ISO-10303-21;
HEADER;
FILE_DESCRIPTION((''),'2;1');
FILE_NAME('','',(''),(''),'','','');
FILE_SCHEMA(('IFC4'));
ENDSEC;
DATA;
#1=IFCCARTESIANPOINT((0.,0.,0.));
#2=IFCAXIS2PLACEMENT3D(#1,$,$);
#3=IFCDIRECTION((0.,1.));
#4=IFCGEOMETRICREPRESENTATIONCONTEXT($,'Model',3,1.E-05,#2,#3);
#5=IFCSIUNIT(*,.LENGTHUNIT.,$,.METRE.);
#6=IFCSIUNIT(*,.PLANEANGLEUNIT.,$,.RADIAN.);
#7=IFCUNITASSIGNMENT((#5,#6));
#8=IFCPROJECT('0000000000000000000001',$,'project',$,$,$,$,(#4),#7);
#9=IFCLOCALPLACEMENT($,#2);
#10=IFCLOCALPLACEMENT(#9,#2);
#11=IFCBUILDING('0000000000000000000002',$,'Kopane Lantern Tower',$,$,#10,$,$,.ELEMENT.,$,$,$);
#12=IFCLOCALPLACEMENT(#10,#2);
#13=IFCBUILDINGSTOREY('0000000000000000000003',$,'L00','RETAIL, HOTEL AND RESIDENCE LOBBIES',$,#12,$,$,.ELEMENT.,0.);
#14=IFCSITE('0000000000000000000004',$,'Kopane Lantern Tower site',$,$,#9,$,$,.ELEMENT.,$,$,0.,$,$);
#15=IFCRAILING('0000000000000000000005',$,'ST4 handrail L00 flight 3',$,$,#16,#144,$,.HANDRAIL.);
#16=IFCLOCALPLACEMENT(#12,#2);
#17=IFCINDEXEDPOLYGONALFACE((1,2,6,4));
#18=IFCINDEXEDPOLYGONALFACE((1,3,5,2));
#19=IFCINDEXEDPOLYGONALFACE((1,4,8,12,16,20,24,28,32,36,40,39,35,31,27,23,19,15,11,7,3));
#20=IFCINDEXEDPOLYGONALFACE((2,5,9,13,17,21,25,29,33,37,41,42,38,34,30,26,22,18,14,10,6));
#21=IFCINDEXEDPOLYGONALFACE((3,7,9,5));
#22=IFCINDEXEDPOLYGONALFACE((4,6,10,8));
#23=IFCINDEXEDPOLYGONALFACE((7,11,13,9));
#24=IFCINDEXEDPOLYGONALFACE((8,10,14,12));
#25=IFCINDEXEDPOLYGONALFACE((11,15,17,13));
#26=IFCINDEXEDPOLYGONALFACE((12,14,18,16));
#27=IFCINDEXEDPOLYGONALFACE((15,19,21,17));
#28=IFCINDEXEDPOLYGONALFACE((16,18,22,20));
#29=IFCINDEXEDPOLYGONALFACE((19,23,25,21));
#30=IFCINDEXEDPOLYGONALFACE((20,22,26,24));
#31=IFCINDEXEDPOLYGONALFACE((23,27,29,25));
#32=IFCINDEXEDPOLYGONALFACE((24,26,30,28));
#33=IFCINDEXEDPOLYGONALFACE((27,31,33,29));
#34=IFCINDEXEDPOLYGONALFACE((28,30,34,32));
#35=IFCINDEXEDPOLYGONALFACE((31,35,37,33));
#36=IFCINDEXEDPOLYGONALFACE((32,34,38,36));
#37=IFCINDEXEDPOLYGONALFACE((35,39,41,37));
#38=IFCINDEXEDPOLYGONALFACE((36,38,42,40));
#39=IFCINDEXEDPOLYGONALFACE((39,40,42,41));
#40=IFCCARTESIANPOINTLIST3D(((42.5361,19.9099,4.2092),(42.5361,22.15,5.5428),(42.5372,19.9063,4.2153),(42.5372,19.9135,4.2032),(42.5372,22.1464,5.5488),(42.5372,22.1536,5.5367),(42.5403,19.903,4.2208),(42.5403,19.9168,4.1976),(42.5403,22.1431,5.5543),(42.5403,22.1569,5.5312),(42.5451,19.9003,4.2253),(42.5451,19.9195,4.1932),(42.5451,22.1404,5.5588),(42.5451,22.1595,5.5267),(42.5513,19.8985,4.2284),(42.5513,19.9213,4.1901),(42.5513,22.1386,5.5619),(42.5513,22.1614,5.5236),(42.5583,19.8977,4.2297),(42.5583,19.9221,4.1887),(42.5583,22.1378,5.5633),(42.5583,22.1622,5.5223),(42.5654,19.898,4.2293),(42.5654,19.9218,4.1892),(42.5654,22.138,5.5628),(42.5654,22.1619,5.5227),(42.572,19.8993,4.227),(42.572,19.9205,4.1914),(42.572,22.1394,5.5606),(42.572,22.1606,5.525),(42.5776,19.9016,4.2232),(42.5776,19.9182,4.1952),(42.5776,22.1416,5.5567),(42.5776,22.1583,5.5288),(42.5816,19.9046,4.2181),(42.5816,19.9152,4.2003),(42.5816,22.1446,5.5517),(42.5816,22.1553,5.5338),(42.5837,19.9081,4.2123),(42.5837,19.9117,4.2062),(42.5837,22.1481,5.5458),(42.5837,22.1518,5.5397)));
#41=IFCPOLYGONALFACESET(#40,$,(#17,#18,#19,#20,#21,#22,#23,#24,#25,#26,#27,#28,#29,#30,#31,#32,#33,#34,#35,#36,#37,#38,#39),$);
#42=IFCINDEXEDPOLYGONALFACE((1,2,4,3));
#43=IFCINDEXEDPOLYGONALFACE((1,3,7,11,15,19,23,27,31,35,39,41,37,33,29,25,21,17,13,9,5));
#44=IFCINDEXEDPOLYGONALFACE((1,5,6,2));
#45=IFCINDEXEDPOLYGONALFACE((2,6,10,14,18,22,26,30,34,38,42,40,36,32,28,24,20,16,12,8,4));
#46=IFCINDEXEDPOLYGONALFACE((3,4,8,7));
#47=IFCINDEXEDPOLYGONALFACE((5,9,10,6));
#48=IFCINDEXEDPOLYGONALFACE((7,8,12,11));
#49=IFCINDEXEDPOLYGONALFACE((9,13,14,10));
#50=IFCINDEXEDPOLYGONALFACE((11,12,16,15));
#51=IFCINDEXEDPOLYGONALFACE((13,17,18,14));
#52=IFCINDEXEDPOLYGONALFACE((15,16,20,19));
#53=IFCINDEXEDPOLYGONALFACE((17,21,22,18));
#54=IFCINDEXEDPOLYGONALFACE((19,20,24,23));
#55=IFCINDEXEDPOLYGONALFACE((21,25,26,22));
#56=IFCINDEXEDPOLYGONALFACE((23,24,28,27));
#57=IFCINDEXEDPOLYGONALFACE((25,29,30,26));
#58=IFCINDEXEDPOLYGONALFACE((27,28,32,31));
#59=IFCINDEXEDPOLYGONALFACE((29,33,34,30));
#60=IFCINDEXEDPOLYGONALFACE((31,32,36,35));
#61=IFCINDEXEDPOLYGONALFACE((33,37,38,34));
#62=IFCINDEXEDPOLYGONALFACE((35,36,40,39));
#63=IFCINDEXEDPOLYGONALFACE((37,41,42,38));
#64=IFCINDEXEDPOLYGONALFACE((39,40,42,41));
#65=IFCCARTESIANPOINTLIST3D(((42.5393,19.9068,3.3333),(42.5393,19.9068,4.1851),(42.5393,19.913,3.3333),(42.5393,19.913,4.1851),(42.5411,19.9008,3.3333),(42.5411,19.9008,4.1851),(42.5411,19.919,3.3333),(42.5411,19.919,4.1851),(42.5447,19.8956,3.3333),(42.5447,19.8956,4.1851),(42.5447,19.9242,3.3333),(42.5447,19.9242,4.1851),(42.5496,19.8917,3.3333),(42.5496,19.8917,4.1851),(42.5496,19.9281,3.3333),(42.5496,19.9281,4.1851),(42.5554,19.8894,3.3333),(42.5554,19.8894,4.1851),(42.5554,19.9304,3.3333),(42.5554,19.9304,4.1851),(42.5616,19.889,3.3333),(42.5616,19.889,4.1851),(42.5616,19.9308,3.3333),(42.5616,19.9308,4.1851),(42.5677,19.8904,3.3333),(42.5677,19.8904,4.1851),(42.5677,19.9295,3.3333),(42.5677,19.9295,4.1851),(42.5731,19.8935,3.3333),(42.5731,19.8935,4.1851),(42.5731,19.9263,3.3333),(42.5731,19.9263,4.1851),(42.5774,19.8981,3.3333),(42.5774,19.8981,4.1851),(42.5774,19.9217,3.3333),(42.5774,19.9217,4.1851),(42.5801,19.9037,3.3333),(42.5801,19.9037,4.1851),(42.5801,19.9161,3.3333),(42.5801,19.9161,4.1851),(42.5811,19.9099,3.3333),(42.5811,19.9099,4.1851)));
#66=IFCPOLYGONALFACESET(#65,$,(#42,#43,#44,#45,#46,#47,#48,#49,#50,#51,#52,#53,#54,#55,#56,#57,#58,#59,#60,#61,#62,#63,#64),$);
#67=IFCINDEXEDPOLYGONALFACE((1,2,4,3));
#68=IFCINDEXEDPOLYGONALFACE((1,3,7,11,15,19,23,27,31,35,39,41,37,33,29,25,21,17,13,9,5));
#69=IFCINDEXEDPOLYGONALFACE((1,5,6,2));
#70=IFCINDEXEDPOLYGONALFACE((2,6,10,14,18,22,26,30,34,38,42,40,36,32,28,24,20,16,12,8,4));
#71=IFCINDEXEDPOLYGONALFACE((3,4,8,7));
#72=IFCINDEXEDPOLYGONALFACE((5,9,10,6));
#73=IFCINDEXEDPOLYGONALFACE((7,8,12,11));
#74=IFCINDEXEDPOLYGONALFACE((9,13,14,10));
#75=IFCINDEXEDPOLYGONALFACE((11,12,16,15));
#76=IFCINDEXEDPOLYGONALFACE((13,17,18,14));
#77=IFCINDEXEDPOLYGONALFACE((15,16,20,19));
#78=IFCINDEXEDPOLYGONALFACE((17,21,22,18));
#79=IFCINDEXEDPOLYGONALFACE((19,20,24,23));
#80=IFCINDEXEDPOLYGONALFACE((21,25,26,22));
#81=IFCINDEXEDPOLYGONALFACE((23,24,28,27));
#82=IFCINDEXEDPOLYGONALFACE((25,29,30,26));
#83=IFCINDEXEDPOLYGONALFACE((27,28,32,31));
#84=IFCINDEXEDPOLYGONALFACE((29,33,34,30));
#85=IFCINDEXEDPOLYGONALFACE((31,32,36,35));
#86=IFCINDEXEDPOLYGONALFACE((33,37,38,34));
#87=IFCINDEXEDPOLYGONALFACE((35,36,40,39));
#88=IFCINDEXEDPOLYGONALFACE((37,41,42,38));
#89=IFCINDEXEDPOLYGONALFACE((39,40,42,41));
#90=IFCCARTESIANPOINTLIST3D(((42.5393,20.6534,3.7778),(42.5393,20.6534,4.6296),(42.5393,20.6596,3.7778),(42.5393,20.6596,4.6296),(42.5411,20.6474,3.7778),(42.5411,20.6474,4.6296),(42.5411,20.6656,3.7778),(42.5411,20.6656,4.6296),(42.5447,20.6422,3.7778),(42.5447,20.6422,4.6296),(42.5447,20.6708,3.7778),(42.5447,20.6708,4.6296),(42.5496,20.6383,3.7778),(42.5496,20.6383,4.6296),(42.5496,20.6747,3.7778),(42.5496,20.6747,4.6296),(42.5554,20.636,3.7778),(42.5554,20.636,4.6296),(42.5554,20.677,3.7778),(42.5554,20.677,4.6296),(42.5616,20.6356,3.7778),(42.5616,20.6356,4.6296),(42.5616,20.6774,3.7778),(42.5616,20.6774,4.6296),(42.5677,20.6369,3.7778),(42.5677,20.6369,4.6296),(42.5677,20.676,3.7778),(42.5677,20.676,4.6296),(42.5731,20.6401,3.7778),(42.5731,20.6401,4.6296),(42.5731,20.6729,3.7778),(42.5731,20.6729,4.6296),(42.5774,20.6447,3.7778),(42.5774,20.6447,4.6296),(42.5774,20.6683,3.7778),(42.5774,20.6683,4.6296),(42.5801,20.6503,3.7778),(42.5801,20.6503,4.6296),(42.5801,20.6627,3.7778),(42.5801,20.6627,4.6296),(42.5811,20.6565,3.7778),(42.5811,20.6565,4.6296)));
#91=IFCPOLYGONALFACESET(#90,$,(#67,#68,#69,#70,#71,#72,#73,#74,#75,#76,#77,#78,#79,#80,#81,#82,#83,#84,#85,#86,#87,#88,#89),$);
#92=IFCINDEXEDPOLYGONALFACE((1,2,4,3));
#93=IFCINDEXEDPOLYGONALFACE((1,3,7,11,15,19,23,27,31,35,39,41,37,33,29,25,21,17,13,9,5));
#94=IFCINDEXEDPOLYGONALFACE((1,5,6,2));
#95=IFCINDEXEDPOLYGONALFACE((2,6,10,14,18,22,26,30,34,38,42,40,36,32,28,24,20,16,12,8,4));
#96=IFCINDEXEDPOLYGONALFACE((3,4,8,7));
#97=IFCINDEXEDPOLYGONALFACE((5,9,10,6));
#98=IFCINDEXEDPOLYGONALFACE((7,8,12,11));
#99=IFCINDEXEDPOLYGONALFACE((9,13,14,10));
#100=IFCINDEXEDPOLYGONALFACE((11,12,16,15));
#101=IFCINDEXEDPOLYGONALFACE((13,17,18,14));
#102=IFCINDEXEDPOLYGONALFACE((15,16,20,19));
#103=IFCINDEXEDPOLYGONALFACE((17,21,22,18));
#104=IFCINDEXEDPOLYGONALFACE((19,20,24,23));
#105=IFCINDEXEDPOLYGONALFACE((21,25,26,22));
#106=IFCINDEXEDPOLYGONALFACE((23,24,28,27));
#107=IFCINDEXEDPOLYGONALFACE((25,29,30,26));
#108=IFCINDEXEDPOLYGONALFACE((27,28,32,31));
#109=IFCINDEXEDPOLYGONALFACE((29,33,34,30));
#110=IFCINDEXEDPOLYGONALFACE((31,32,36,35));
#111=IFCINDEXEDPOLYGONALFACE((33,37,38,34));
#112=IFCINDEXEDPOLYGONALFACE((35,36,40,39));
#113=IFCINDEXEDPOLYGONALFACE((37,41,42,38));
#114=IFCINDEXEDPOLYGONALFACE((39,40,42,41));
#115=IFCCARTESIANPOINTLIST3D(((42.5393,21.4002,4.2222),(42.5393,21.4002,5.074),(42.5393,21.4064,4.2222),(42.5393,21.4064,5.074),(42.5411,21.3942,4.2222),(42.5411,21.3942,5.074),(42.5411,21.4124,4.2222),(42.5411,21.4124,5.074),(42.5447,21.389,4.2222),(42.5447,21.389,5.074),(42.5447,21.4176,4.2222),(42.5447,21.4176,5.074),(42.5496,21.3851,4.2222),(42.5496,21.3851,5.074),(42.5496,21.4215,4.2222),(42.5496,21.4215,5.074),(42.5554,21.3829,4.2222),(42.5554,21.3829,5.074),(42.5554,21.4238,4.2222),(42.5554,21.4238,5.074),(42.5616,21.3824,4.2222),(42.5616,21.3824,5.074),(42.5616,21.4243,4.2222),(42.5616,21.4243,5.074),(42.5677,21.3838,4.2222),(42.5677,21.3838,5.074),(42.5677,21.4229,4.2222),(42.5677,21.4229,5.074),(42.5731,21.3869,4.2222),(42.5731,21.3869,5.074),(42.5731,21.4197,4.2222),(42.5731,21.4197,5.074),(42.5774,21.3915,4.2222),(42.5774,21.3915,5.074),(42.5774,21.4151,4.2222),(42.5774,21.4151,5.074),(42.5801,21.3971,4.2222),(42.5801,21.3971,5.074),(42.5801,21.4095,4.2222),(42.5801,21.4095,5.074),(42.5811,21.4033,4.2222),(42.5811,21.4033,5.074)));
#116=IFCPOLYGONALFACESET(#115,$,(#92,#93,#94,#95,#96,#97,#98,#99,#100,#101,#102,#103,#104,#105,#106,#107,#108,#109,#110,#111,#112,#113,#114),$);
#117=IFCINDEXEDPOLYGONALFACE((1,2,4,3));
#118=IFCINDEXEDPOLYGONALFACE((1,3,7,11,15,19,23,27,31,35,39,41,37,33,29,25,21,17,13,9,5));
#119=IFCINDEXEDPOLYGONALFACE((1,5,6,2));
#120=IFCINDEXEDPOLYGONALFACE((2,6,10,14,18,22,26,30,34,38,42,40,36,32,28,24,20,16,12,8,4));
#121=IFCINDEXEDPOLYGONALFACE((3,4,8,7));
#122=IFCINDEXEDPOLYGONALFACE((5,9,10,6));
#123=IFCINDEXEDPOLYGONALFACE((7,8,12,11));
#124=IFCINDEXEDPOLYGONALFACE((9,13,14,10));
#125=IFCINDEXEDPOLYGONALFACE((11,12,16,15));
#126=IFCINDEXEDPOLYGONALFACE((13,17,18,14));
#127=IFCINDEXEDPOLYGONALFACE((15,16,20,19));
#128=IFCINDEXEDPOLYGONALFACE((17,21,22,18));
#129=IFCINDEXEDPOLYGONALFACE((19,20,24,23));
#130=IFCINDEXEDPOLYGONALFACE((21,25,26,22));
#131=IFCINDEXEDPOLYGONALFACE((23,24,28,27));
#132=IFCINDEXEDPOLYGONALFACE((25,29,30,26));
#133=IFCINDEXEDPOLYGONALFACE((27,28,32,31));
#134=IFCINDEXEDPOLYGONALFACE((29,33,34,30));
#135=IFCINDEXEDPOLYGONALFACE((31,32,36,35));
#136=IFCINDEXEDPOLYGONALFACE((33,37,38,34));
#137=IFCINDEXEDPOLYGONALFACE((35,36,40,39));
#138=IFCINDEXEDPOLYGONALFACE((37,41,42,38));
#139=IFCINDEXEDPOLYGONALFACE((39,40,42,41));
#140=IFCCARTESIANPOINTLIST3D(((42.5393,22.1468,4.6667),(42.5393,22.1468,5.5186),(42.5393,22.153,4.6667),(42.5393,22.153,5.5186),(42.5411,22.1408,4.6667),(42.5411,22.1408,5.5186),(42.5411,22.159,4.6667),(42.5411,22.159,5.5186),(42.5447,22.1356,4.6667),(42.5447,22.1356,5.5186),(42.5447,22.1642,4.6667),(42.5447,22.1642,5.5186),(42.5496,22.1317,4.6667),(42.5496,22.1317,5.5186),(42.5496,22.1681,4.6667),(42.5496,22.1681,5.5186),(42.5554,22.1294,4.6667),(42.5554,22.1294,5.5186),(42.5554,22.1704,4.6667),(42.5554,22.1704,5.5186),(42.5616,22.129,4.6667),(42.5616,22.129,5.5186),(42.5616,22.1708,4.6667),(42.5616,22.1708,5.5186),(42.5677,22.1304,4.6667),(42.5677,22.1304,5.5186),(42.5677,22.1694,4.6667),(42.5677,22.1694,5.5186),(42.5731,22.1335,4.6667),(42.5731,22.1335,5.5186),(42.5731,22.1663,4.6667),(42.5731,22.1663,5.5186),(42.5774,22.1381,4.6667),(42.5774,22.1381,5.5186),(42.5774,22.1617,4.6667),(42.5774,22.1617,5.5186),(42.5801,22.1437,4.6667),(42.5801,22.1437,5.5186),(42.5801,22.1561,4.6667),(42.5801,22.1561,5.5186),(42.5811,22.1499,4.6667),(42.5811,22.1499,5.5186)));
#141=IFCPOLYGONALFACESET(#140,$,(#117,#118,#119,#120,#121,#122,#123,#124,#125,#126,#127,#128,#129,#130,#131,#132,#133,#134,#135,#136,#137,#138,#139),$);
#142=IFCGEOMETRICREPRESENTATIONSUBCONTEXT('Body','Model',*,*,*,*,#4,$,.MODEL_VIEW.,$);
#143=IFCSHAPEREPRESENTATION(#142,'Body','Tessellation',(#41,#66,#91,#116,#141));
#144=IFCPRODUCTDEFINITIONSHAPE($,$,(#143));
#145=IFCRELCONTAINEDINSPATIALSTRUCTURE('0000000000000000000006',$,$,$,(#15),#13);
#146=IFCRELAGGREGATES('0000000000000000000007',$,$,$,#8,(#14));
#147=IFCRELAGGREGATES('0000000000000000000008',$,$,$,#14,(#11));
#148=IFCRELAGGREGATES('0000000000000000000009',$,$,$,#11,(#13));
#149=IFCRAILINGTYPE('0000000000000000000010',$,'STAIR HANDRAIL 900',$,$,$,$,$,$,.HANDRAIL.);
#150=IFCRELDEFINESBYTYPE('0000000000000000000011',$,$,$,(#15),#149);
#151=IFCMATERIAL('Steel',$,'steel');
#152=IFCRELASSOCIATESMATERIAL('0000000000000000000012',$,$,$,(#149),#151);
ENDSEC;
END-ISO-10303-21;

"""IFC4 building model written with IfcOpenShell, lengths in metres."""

from ifc_helpers import new_model, si_unit, direction, frame, origin, origin_2d, place, context, subcontext, project, spatial, circle, extrude, material, type_object, element, save


model = new_model("IFC4")

# Units and contexts
model_context = context("Model", 3, precision=1e-05, world=origin(), true_north=direction((0.0, 1.0)))
body_context = subcontext(model_context, "Body", "Model", "MODEL_VIEW")
ifc_project = project(units=[si_unit("LENGTHUNIT", "METRE"), si_unit("PLANEANGLEUNIT", "RADIAN")], contexts=[model_context])

# Site, building, storey
site_placement = place(None, origin())
site = spatial("IfcSite", under=ifc_project, at=site_placement, Name="Kopane Lantern Tower site", CompositionType="ELEMENT", RefElevation=0.0)
building_placement = place(site_placement, origin())
building = spatial("IfcBuilding", under=site, at=building_placement, Name="Kopane Lantern Tower", CompositionType="ELEMENT")
storey_placement = place(building_placement, origin())
storey = spatial("IfcBuildingStorey", under=building, at=storey_placement, Name="L00", Description="RETAIL, HOTEL AND RESIDENCE LOBBIES", CompositionType="ELEMENT", Elevation=0.0)

# Railing
ifc_material_1 = material(Name="Steel", Category="steel")
railing_type_1 = type_object("IfcRailingType", Name="STAIR HANDRAIL 900", PredefinedType="HANDRAIL", material=ifc_material_1)
for number, where, name in (
    (1, (42.5601, 19.9099, 3.3333), "ST4 handrail L00 flight 3"),
):
    element("IfcRailing", number, at=place(storey_placement, frame(where)), inside=storey, type_object=railing_type_1, Name=name, PredefinedType="HANDRAIL", context=body_context, shape_type="SweptSolid", body=[
        extrude(circle(Radius=0.0239, at=origin_2d()), frame((0.0, 0.0, 0.876), z_axis=(0.0, 0.859264, 0.511532), x_axis=(-1.0, 0.0, 0.0)), (0.0, 0.0, 1.0), 2.6069),
        extrude(circle(Radius=0.021, at=origin_2d()), origin(), (0.0, 0.0, 1.0), 0.8518),
        extrude(circle(Radius=0.021, at=origin_2d()), frame((0.0, 0.7466, 0.4446)), (0.0, 0.0, 1.0), 0.8518),
        extrude(circle(Radius=0.021, at=origin_2d()), frame((0.0, 1.4934, 0.8889)), (0.0, 0.0, 1.0), 0.8518),
        extrude(circle(Radius=0.021, at=origin_2d()), frame((0.0, 2.24, 1.3335)), (0.0, 0.0, 1.0), 0.8518),
    ])

save(model, "model.ifc")
